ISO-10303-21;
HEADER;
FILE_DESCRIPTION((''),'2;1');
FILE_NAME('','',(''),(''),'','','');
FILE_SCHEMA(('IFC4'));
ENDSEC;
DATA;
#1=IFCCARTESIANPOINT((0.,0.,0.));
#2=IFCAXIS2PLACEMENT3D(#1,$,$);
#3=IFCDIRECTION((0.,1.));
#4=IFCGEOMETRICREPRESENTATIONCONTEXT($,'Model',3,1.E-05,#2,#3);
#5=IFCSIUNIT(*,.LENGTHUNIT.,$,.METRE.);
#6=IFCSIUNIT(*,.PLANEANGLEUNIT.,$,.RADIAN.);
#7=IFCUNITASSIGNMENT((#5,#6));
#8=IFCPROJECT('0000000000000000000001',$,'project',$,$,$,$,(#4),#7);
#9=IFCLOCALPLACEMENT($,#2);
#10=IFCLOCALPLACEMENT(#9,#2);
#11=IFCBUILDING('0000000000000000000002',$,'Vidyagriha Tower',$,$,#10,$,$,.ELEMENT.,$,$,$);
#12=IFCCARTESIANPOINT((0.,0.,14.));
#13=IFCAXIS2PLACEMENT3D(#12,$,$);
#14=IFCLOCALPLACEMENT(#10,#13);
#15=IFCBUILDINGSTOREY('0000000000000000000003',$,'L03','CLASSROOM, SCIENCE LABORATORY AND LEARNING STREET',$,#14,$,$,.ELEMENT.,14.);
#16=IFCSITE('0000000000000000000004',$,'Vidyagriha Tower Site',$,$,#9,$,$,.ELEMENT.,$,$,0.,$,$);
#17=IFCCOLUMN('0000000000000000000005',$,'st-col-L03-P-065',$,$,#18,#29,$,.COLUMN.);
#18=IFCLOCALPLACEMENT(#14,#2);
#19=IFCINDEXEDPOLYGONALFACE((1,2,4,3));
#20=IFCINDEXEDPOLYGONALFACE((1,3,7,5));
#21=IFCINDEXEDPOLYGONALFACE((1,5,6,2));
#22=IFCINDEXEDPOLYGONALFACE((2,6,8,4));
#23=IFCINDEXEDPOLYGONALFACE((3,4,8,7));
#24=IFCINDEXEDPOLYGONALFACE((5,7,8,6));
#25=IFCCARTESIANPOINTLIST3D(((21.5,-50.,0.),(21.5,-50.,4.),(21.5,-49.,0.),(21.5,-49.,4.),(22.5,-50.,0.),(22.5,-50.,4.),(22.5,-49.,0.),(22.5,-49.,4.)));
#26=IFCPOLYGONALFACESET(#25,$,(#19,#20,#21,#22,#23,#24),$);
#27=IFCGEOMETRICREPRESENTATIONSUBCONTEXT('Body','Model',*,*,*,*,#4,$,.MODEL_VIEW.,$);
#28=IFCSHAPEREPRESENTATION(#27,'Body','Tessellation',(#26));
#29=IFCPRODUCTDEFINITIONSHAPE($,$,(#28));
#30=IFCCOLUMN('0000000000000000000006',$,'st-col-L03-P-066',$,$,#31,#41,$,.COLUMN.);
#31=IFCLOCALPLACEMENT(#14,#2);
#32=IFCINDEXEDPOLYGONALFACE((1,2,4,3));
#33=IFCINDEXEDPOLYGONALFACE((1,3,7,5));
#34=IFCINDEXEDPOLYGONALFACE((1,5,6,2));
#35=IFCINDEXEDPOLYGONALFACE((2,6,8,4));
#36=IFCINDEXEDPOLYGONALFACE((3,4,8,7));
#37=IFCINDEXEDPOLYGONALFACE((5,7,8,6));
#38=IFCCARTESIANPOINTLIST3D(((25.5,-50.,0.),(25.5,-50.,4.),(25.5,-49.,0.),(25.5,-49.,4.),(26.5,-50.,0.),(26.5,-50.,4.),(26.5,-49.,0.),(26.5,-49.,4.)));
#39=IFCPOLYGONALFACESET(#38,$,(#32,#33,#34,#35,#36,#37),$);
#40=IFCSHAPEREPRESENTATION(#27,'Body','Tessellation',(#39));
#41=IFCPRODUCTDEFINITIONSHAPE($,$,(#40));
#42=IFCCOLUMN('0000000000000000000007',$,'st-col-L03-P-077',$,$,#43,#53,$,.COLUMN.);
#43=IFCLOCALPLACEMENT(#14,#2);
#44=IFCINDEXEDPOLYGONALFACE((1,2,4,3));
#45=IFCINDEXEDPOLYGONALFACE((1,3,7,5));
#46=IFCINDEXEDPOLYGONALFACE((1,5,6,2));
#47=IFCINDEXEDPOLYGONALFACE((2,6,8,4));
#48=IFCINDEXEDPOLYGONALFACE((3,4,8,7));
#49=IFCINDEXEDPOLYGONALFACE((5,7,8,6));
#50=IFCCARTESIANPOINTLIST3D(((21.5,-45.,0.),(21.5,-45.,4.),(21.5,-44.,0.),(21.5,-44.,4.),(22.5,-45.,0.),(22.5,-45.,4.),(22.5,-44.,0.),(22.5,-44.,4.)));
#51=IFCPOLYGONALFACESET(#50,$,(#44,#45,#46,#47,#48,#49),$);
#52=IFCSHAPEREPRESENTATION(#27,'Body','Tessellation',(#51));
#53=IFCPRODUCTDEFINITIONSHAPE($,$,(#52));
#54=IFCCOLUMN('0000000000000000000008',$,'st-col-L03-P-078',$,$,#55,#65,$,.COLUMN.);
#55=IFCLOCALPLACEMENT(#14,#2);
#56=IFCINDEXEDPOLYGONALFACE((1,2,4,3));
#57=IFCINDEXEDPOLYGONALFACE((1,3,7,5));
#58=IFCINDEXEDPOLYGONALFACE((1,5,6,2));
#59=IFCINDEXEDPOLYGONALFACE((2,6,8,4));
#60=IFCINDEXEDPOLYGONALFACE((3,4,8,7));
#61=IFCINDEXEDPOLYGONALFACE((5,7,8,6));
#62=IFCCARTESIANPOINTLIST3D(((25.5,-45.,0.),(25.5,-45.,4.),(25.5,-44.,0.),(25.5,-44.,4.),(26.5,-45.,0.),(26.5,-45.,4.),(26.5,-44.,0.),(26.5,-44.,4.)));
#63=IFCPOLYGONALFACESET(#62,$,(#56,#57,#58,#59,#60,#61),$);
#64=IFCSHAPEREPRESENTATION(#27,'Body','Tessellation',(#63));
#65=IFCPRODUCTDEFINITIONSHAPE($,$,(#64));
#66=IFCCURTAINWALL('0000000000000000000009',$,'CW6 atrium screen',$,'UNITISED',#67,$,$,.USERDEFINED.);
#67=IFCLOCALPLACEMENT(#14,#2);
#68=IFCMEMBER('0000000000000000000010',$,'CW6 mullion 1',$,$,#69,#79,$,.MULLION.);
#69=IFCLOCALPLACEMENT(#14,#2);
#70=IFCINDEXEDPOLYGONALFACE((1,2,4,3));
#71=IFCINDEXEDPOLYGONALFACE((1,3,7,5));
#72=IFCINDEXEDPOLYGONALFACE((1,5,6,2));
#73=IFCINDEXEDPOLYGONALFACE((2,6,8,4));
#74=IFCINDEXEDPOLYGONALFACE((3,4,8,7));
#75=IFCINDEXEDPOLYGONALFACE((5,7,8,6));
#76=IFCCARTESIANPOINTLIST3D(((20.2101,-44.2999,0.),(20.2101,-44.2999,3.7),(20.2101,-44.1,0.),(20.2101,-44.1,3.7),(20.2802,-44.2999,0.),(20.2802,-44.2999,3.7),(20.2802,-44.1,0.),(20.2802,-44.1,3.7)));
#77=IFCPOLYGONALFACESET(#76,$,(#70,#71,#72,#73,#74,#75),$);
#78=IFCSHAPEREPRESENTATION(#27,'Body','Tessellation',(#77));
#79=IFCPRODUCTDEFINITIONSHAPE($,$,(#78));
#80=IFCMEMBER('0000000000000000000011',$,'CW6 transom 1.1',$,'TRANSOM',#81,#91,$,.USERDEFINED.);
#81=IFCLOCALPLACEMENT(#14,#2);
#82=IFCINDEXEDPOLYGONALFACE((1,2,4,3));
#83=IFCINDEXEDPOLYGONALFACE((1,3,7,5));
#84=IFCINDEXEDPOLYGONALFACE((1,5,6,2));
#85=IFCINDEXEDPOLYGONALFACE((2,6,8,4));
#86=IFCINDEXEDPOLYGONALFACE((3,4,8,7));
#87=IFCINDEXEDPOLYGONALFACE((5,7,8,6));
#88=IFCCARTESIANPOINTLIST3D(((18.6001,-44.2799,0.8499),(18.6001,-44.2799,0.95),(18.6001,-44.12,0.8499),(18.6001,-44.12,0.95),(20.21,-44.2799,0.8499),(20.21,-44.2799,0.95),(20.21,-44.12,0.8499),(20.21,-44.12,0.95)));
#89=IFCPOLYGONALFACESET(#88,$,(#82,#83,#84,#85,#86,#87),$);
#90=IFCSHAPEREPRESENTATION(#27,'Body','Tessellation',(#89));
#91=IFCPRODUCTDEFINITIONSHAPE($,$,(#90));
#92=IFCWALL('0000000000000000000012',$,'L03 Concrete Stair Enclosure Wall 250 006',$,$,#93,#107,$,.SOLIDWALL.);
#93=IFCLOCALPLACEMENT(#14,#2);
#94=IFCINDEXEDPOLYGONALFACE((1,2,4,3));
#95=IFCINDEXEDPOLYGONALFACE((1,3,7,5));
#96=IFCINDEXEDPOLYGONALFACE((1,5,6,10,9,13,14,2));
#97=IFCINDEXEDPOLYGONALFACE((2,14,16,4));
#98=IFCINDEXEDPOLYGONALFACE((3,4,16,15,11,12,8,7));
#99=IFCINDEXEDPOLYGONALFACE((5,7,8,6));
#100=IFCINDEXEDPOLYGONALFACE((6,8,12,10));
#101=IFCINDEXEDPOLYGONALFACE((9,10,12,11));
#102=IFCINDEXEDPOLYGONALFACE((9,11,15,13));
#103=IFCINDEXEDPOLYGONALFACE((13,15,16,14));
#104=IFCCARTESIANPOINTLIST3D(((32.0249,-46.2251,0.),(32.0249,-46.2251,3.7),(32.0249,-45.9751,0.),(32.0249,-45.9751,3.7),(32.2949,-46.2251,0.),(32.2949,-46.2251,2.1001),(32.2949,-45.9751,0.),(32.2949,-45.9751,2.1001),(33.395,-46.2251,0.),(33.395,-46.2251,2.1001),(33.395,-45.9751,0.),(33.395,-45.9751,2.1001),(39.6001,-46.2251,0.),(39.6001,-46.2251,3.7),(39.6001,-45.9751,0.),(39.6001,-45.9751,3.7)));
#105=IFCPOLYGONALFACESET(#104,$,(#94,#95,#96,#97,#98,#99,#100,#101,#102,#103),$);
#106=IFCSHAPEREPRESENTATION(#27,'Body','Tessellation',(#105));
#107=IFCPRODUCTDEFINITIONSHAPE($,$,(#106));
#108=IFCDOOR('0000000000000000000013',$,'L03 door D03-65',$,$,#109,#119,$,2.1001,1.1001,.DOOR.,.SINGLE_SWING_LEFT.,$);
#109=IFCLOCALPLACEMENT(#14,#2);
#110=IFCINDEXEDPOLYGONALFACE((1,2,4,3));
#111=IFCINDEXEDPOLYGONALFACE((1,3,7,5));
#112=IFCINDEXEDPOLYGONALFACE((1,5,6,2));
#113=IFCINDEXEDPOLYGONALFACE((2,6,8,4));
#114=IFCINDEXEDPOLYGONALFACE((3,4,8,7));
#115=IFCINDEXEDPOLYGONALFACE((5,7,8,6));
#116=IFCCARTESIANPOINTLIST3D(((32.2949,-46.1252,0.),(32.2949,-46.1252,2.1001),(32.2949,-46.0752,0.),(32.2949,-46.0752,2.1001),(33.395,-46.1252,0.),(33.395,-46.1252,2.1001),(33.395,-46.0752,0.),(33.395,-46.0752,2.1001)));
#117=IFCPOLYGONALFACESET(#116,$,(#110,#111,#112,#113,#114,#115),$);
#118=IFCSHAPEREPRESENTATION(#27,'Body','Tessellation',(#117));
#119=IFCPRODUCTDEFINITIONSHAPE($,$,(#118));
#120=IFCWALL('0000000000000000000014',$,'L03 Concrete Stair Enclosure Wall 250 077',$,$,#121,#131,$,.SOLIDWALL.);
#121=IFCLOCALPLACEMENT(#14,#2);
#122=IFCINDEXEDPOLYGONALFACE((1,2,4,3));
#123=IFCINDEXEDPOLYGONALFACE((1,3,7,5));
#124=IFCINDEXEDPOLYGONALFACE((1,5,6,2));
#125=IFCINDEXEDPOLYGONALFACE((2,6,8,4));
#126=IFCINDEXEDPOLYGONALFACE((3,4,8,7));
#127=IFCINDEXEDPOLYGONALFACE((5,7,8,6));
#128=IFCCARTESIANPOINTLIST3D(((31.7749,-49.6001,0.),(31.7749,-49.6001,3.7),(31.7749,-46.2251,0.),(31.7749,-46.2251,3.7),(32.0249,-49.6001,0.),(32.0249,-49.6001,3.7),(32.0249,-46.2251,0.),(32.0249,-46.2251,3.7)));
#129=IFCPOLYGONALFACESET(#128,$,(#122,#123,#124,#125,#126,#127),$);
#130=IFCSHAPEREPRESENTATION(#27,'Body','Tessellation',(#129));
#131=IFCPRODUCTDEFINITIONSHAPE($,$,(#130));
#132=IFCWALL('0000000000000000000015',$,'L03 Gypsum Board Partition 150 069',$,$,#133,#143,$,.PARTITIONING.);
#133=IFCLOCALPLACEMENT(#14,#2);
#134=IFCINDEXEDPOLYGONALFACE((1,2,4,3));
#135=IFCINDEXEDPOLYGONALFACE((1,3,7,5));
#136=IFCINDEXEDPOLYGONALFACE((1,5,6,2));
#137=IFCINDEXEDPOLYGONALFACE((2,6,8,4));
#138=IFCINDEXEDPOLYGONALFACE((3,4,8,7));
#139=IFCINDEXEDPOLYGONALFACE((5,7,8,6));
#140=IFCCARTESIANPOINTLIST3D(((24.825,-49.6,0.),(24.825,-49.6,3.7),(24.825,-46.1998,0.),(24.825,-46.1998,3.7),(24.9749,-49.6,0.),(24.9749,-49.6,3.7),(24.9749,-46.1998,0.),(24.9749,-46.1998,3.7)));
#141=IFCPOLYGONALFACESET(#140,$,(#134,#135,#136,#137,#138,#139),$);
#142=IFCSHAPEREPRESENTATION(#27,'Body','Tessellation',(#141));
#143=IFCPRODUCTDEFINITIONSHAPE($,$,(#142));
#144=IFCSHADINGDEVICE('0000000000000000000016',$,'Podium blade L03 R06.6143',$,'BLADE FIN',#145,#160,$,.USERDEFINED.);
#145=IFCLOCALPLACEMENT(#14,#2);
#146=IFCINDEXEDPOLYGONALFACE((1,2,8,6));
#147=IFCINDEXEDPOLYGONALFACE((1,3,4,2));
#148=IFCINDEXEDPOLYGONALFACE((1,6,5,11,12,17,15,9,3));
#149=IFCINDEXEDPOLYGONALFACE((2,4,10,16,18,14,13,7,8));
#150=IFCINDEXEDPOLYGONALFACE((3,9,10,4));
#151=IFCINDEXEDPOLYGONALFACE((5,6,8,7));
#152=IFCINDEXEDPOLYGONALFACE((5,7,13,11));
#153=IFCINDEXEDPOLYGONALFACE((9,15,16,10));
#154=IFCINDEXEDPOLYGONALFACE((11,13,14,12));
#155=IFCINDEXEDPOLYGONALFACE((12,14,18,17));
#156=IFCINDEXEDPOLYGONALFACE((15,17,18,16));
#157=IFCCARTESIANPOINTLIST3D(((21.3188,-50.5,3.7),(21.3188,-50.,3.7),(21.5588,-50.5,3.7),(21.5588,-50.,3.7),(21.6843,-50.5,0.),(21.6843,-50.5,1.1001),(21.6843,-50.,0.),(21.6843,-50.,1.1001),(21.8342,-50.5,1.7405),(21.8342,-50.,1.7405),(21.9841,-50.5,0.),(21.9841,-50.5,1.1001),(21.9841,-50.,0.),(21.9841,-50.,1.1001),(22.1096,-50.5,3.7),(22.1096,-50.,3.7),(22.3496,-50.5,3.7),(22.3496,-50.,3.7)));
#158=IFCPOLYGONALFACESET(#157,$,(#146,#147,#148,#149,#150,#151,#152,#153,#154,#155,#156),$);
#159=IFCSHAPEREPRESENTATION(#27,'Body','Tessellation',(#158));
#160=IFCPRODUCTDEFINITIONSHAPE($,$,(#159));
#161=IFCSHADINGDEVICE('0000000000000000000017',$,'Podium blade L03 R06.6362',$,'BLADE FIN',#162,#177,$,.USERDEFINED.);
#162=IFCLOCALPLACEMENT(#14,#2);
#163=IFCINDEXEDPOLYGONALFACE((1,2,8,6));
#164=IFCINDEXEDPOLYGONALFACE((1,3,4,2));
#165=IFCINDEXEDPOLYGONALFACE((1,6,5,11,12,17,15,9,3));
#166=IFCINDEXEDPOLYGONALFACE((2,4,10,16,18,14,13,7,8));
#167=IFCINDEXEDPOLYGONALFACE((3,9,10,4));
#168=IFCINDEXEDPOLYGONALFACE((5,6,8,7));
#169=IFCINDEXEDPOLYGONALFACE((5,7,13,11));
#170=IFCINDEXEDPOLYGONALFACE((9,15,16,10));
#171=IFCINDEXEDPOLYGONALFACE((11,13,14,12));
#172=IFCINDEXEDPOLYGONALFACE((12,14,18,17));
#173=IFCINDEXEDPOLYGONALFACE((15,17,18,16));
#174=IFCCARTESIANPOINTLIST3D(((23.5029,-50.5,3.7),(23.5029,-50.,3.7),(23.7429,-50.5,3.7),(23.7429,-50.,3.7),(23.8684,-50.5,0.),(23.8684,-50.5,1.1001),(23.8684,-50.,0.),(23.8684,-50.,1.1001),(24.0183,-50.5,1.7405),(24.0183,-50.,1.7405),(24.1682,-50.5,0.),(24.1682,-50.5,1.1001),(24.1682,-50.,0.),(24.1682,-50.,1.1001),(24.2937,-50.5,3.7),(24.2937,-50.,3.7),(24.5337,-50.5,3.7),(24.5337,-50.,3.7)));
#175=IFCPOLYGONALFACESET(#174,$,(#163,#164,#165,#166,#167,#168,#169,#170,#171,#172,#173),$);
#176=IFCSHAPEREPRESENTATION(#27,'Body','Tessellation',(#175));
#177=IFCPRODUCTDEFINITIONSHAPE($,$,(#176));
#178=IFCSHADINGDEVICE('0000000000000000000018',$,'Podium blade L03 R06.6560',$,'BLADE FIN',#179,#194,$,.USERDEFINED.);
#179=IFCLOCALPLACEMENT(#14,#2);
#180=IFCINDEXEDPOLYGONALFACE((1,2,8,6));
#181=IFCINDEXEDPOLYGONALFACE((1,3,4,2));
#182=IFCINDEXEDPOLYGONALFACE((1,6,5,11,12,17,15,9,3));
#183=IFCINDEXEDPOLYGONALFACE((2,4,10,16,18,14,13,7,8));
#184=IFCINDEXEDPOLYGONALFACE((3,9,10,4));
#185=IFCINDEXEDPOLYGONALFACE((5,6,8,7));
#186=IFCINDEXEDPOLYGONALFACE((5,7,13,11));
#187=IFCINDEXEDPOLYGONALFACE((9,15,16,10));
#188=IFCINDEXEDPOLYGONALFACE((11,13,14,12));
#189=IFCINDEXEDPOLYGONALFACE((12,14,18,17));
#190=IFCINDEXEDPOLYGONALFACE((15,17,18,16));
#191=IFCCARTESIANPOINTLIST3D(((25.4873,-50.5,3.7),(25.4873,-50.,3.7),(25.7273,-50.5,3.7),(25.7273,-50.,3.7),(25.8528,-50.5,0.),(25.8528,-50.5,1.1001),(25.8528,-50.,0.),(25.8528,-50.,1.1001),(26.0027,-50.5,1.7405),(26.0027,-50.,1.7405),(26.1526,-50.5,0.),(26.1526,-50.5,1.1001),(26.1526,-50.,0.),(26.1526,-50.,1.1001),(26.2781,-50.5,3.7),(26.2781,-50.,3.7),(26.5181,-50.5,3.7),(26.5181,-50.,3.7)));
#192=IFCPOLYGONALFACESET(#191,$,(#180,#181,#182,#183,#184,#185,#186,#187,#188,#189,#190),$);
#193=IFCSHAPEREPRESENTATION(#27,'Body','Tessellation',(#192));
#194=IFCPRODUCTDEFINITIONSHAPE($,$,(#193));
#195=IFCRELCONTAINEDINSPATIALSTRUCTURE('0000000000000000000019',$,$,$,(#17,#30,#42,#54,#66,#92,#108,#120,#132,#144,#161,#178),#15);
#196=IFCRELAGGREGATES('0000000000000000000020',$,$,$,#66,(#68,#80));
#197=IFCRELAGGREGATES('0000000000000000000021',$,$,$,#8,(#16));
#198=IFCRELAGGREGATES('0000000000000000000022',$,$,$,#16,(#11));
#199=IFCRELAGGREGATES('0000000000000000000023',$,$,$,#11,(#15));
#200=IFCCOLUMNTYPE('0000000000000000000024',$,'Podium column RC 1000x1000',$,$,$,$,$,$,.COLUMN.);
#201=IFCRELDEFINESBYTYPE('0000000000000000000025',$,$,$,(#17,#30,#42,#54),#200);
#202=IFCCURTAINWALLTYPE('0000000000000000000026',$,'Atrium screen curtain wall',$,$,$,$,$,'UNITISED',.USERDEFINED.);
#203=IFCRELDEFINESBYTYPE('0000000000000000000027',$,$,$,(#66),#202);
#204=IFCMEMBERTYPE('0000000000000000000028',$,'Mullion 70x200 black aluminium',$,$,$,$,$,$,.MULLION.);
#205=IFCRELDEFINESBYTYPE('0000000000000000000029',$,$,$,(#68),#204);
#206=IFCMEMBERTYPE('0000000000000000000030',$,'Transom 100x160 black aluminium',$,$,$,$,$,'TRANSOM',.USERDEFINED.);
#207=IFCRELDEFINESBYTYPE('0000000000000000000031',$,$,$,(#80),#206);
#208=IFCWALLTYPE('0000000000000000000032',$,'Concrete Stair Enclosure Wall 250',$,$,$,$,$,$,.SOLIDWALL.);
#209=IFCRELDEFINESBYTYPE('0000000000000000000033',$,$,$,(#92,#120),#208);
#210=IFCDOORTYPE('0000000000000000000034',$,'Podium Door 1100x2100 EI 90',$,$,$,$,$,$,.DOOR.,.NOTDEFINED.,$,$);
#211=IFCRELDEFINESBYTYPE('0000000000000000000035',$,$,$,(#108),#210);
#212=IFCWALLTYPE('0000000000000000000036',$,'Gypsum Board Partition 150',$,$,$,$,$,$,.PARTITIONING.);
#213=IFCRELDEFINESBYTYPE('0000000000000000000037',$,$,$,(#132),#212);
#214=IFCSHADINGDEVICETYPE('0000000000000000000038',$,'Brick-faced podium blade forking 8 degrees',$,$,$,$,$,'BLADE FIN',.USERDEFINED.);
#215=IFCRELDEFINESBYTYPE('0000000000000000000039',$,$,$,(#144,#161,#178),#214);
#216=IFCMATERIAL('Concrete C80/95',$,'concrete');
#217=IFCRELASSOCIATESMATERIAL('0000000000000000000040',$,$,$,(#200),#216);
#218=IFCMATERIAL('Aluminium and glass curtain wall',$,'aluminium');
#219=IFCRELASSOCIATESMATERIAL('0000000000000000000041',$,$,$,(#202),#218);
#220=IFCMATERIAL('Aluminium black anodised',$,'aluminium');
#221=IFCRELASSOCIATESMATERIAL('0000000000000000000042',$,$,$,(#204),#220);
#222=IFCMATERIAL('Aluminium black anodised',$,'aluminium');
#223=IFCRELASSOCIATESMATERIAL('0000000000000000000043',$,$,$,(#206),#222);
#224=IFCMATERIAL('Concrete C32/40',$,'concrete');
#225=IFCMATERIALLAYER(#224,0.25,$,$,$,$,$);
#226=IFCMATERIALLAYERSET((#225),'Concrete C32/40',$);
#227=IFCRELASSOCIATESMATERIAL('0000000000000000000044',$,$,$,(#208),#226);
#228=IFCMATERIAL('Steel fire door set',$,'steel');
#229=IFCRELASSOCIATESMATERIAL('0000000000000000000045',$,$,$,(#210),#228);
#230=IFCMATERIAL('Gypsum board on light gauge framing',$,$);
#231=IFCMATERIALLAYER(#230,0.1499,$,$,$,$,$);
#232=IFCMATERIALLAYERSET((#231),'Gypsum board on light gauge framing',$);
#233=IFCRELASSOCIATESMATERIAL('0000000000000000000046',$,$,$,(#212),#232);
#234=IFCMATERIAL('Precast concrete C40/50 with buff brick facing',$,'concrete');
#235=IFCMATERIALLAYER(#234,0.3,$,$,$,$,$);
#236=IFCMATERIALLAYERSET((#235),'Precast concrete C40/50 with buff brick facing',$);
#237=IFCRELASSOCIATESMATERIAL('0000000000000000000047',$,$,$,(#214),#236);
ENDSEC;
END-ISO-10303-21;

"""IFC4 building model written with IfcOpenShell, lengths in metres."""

from ifc_helpers import new_model, si_unit, direction, frame, frame_2d, origin, origin_2d, place, context, subcontext, project, spatial, polyline, rectangle, outline, extrude, material, layer, layer_set, material_profile, profile_set, type_object, element, fill, aggregate, save


model = new_model("IFC4")

# Units and contexts
model_context = context("Model", 3, precision=1e-05, world=origin(), true_north=direction((0.0, 1.0)))
body_context = subcontext(model_context, "Body", "Model", "MODEL_VIEW")
ifc_project = project(units=[si_unit("LENGTHUNIT", "METRE"), si_unit("PLANEANGLEUNIT", "RADIAN")], contexts=[model_context])

# Site, building, storey
site_placement = place(None, origin())
site = spatial("IfcSite", under=ifc_project, at=site_placement, Name="Vidyagriha Tower Site", CompositionType="ELEMENT", RefElevation=0.0)
building_placement = place(site_placement, origin())
building = spatial("IfcBuilding", under=site, at=building_placement, Name="Vidyagriha Tower", CompositionType="ELEMENT")
storey_placement = place(building_placement, frame((0.0, 0.0, 14.0)))
storey = spatial("IfcBuildingStorey", under=building, at=storey_placement, Name="L03", Description="CLASSROOM, SCIENCE LABORATORY AND LEARNING STREET", CompositionType="ELEMENT", Elevation=14.0)

# Columns
ifc_material_1 = material(Name="Concrete C80/95", Category="concrete")
ifc_material_profile_1 = material_profile(ifc_material_1, rectangle(XDim=1.0, YDim=1.0, at=origin_2d()), Name="RC 1000x1000")
ifc_profile_set_1 = profile_set([ifc_material_profile_1], Name="Concrete C80/95")
column_type = type_object("IfcColumnType", Name="Podium column RC 1000x1000", PredefinedType="COLUMN", material=ifc_profile_set_1)
for number, where, name in (
    (1, (22.0, -49.5, 0.0), "st-col-L03-P-065"),
    (2, (26.0, -49.5, 0.0), "st-col-L03-P-066"),
    (3, (22.0, -44.5, 0.0), "st-col-L03-P-077"),
    (4, (26.0, -44.5, 0.0), "st-col-L03-P-078"),
):
    element("IfcColumn", number, at=place(storey_placement, frame(where)), inside=storey, type_object=column_type, Name=name, PredefinedType="COLUMN", context=body_context, shape_type="SweptSolid", body=[
        extrude(rectangle(XDim=1.0, YDim=1.0, at=origin_2d()), origin(), (0.0, 0.0, 1.0), 4.0),
    ])

# Curtain wall, members
ifc_material_2 = material(Name="Aluminium and glass curtain wall", Category="aluminium")
curtain_wall_type = type_object("IfcCurtainWallType", Name="Atrium screen curtain wall", ElementType="UNITISED", PredefinedType="USERDEFINED", material=ifc_material_2)
curtain_wall_placement = place(storey_placement, origin())
curtain_wall = element("IfcCurtainWall", 5, at=curtain_wall_placement, inside=storey, type_object=curtain_wall_type, Name="CW6 atrium screen", ObjectType="UNITISED", PredefinedType="USERDEFINED")
ifc_material_3 = material(Name="Aluminium black anodised", Category="aluminium")
ifc_material_profile_2 = material_profile(ifc_material_3, rectangle(XDim=0.2, YDim=0.0701, at=origin_2d()), Name="Mullion 70x200 black aluminium")
ifc_profile_set_2 = profile_set([ifc_material_profile_2], Name="Aluminium black anodised")
member_type_1 = type_object("IfcMemberType", Name="Mullion 70x200 black aluminium", PredefinedType="MULLION", material=ifc_profile_set_2)
member_1_placement = place(storey_placement, frame((20.2451, -44.2, 0.0), z_axis=(0.0, 0.0, 1.0), x_axis=(0.0, -1.0, 0.0)))
member_1 = element("IfcMember", 6, at=member_1_placement, type_object=member_type_1, Name="CW6 mullion 1", PredefinedType="MULLION", context=body_context, shape_type="SweptSolid", body=[
    extrude(rectangle(XDim=0.2, YDim=0.0701, at=origin_2d()), origin(), (0.0, 0.0, 1.0), 3.7),
])
ifc_material_4 = material(Name="Aluminium black anodised", Category="aluminium")
ifc_material_profile_3 = material_profile(ifc_material_4, rectangle(XDim=0.1599, YDim=0.1001, at=origin_2d()), Name="Transom 100x160 black aluminium")
ifc_profile_set_3 = profile_set([ifc_material_profile_3], Name="Aluminium black anodised")
member_type_2 = type_object("IfcMemberType", Name="Transom 100x160 black aluminium", ElementType="TRANSOM", PredefinedType="USERDEFINED", material=ifc_profile_set_3)
member_2_placement = place(storey_placement, frame((20.21, -44.2, 0.8999), z_axis=(-1.0, 0.0, 0.0), x_axis=(0.0, -1.0, 0.0)))
member_2 = element("IfcMember", 7, at=member_2_placement, type_object=member_type_2, Name="CW6 transom 1.1", ObjectType="TRANSOM", PredefinedType="USERDEFINED", context=body_context, shape_type="SweptSolid", body=[
    extrude(rectangle(XDim=0.1599, YDim=0.1001, at=origin_2d()), origin(), (0.0, 0.0, 1.0), 1.6099),
])
aggregate(curtain_wall, [member_1, member_2])

# Wall, opening, door
ifc_material_5 = material(Name="Concrete C32/40", Category="concrete")
ifc_layer_1 = layer(ifc_material_5, 0.25)
ifc_layer_set_1 = layer_set([ifc_layer_1], Name="Concrete C32/40")
wall_type_1 = type_object("IfcWallType", Name="Concrete Stair Enclosure Wall 250", PredefinedType="SOLIDWALL", material=ifc_layer_set_1)
wall_1_placement = place(storey_placement, frame((32.0249, -46.1001, 0.0)))
wall_1 = element("IfcWall", 8, at=wall_1_placement, inside=storey, type_object=wall_type_1, Name="L03 Concrete Stair Enclosure Wall 250 006", PredefinedType="SOLIDWALL", context=body_context, shape_type="SweptSolid", body=[
    extrude(rectangle(XDim=7.5752, YDim=0.25, at=frame_2d((3.7876, 0.0))), origin(), (0.0, 0.0, 1.0), 3.7),
])
opening_placement = place(wall_1_placement, frame((0.27, 0.0, 0.0)))
opening = element("IfcOpeningElement", 9, at=opening_placement, cuts=wall_1, PredefinedType="OPENING", context=body_context, shape_type="SweptSolid", body=[
    extrude(rectangle(XDim=1.1001, YDim=2.1001, at=frame_2d((0.55, 1.05))), frame((0.0, 0.135, 0.0), z_axis=(0.0, -1.0, 0.0), x_axis=(1.0, 0.0, 0.0)), (0.0, 0.0, 1.0), 0.27),
])
ifc_material_6 = material(Name="Steel fire door set", Category="steel")
door_type = type_object("IfcDoorType", Name="Podium Door 1100x2100 EI 90", OperationType="NOTDEFINED", PredefinedType="DOOR", material=ifc_material_6)
door_placement = place(opening_placement, origin())
door = element("IfcDoor", 10, at=door_placement, inside=storey, type_object=door_type, Name="L03 door D03-65", OperationType="SINGLE_SWING_LEFT", OverallHeight=2.1001, OverallWidth=1.1001, PredefinedType="DOOR", context=body_context, shape_type="SweptSolid", body=[
    extrude(rectangle(XDim=1.1001, YDim=2.1001, at=frame_2d((0.55, 1.05))), frame((0.0, 0.0249, 0.0), z_axis=(0.0, -1.0, 0.0), x_axis=(1.0, 0.0, 0.0)), (0.0, 0.0, 1.0), 0.05),
])
fill(opening, door)

# Walls
wall_2_placement = place(storey_placement, frame((31.8999, -49.6001, 0.0), z_axis=(0.0, 0.0, 1.0), x_axis=(0.0, 1.0, 0.0)))
element("IfcWall", 11, at=wall_2_placement, inside=storey, type_object=wall_type_1, Name="L03 Concrete Stair Enclosure Wall 250 077", PredefinedType="SOLIDWALL", context=body_context, shape_type="SweptSolid", body=[
    extrude(rectangle(XDim=3.375, YDim=0.25, at=frame_2d((1.6875, 0.0))), origin(), (0.0, 0.0, 1.0), 3.7),
])
ifc_material_7 = material(Name="Gypsum board on light gauge framing")
ifc_layer_2 = layer(ifc_material_7, 0.1499)
ifc_layer_set_2 = layer_set([ifc_layer_2], Name="Gypsum board on light gauge framing")
wall_type_2 = type_object("IfcWallType", Name="Gypsum Board Partition 150", PredefinedType="PARTITIONING", material=ifc_layer_set_2)
wall_3_placement = place(storey_placement, frame((24.8999, -49.6001, 0.0), z_axis=(0.0, 0.0, 1.0), x_axis=(0.0, 1.0, 0.0)))
element("IfcWall", 12, at=wall_3_placement, inside=storey, type_object=wall_type_2, Name="L03 Gypsum Board Partition 150 069", PredefinedType="PARTITIONING", context=body_context, shape_type="SweptSolid", body=[
    extrude(rectangle(XDim=3.4001, YDim=0.1499, at=frame_2d((1.7002, 0.0))), origin(), (0.0, 0.0, 1.0), 3.7),
])

# Shading devices
ifc_material_8 = material(Name="Precast concrete C40/50 with buff brick facing", Category="concrete")
ifc_layer_3 = layer(ifc_material_8, 0.3)
ifc_layer_set_3 = layer_set([ifc_layer_3], Name="Precast concrete C40/50 with buff brick facing")
shading_device_type_1 = type_object("IfcShadingDeviceType", Name="Brick-faced podium blade forking 8 degrees", ElementType="BLADE FIN", PredefinedType="USERDEFINED", material=ifc_layer_set_3)
for number, where, name in (
    (13, (21.3188, -50.25, 0.0), "Podium blade L03 R06.6143"),
    (14, (23.5029, -50.25, 0.0), "Podium blade L03 R06.6362"),
    (15, (25.4873, -50.25, 0.0), "Podium blade L03 R06.6560"),
):
    element("IfcShadingDevice", number, at=place(storey_placement, frame(where)), inside=storey, type_object=shading_device_type_1, Name=name, ObjectType="BLADE FIN", PredefinedType="USERDEFINED", context=body_context, shape_type="SweptSolid", body=[
        extrude(outline(polyline([(0.6653, 0.0), (0.6653, 1.1001), (1.0308, 3.7), (0.7908, 3.7), (0.5154, 1.7405), (0.24, 3.7), (0.0, 3.7), (0.3655, 1.1001), (0.3655, 0.0), (0.6653, 0.0)])), frame((0.0, 0.25, 0.0), z_axis=(0.0, -1.0, 0.0), x_axis=(1.0, 0.0, 0.0)), (0.0, 0.0, 1.0), 0.5),
    ])

save(model, "model.ifc")
